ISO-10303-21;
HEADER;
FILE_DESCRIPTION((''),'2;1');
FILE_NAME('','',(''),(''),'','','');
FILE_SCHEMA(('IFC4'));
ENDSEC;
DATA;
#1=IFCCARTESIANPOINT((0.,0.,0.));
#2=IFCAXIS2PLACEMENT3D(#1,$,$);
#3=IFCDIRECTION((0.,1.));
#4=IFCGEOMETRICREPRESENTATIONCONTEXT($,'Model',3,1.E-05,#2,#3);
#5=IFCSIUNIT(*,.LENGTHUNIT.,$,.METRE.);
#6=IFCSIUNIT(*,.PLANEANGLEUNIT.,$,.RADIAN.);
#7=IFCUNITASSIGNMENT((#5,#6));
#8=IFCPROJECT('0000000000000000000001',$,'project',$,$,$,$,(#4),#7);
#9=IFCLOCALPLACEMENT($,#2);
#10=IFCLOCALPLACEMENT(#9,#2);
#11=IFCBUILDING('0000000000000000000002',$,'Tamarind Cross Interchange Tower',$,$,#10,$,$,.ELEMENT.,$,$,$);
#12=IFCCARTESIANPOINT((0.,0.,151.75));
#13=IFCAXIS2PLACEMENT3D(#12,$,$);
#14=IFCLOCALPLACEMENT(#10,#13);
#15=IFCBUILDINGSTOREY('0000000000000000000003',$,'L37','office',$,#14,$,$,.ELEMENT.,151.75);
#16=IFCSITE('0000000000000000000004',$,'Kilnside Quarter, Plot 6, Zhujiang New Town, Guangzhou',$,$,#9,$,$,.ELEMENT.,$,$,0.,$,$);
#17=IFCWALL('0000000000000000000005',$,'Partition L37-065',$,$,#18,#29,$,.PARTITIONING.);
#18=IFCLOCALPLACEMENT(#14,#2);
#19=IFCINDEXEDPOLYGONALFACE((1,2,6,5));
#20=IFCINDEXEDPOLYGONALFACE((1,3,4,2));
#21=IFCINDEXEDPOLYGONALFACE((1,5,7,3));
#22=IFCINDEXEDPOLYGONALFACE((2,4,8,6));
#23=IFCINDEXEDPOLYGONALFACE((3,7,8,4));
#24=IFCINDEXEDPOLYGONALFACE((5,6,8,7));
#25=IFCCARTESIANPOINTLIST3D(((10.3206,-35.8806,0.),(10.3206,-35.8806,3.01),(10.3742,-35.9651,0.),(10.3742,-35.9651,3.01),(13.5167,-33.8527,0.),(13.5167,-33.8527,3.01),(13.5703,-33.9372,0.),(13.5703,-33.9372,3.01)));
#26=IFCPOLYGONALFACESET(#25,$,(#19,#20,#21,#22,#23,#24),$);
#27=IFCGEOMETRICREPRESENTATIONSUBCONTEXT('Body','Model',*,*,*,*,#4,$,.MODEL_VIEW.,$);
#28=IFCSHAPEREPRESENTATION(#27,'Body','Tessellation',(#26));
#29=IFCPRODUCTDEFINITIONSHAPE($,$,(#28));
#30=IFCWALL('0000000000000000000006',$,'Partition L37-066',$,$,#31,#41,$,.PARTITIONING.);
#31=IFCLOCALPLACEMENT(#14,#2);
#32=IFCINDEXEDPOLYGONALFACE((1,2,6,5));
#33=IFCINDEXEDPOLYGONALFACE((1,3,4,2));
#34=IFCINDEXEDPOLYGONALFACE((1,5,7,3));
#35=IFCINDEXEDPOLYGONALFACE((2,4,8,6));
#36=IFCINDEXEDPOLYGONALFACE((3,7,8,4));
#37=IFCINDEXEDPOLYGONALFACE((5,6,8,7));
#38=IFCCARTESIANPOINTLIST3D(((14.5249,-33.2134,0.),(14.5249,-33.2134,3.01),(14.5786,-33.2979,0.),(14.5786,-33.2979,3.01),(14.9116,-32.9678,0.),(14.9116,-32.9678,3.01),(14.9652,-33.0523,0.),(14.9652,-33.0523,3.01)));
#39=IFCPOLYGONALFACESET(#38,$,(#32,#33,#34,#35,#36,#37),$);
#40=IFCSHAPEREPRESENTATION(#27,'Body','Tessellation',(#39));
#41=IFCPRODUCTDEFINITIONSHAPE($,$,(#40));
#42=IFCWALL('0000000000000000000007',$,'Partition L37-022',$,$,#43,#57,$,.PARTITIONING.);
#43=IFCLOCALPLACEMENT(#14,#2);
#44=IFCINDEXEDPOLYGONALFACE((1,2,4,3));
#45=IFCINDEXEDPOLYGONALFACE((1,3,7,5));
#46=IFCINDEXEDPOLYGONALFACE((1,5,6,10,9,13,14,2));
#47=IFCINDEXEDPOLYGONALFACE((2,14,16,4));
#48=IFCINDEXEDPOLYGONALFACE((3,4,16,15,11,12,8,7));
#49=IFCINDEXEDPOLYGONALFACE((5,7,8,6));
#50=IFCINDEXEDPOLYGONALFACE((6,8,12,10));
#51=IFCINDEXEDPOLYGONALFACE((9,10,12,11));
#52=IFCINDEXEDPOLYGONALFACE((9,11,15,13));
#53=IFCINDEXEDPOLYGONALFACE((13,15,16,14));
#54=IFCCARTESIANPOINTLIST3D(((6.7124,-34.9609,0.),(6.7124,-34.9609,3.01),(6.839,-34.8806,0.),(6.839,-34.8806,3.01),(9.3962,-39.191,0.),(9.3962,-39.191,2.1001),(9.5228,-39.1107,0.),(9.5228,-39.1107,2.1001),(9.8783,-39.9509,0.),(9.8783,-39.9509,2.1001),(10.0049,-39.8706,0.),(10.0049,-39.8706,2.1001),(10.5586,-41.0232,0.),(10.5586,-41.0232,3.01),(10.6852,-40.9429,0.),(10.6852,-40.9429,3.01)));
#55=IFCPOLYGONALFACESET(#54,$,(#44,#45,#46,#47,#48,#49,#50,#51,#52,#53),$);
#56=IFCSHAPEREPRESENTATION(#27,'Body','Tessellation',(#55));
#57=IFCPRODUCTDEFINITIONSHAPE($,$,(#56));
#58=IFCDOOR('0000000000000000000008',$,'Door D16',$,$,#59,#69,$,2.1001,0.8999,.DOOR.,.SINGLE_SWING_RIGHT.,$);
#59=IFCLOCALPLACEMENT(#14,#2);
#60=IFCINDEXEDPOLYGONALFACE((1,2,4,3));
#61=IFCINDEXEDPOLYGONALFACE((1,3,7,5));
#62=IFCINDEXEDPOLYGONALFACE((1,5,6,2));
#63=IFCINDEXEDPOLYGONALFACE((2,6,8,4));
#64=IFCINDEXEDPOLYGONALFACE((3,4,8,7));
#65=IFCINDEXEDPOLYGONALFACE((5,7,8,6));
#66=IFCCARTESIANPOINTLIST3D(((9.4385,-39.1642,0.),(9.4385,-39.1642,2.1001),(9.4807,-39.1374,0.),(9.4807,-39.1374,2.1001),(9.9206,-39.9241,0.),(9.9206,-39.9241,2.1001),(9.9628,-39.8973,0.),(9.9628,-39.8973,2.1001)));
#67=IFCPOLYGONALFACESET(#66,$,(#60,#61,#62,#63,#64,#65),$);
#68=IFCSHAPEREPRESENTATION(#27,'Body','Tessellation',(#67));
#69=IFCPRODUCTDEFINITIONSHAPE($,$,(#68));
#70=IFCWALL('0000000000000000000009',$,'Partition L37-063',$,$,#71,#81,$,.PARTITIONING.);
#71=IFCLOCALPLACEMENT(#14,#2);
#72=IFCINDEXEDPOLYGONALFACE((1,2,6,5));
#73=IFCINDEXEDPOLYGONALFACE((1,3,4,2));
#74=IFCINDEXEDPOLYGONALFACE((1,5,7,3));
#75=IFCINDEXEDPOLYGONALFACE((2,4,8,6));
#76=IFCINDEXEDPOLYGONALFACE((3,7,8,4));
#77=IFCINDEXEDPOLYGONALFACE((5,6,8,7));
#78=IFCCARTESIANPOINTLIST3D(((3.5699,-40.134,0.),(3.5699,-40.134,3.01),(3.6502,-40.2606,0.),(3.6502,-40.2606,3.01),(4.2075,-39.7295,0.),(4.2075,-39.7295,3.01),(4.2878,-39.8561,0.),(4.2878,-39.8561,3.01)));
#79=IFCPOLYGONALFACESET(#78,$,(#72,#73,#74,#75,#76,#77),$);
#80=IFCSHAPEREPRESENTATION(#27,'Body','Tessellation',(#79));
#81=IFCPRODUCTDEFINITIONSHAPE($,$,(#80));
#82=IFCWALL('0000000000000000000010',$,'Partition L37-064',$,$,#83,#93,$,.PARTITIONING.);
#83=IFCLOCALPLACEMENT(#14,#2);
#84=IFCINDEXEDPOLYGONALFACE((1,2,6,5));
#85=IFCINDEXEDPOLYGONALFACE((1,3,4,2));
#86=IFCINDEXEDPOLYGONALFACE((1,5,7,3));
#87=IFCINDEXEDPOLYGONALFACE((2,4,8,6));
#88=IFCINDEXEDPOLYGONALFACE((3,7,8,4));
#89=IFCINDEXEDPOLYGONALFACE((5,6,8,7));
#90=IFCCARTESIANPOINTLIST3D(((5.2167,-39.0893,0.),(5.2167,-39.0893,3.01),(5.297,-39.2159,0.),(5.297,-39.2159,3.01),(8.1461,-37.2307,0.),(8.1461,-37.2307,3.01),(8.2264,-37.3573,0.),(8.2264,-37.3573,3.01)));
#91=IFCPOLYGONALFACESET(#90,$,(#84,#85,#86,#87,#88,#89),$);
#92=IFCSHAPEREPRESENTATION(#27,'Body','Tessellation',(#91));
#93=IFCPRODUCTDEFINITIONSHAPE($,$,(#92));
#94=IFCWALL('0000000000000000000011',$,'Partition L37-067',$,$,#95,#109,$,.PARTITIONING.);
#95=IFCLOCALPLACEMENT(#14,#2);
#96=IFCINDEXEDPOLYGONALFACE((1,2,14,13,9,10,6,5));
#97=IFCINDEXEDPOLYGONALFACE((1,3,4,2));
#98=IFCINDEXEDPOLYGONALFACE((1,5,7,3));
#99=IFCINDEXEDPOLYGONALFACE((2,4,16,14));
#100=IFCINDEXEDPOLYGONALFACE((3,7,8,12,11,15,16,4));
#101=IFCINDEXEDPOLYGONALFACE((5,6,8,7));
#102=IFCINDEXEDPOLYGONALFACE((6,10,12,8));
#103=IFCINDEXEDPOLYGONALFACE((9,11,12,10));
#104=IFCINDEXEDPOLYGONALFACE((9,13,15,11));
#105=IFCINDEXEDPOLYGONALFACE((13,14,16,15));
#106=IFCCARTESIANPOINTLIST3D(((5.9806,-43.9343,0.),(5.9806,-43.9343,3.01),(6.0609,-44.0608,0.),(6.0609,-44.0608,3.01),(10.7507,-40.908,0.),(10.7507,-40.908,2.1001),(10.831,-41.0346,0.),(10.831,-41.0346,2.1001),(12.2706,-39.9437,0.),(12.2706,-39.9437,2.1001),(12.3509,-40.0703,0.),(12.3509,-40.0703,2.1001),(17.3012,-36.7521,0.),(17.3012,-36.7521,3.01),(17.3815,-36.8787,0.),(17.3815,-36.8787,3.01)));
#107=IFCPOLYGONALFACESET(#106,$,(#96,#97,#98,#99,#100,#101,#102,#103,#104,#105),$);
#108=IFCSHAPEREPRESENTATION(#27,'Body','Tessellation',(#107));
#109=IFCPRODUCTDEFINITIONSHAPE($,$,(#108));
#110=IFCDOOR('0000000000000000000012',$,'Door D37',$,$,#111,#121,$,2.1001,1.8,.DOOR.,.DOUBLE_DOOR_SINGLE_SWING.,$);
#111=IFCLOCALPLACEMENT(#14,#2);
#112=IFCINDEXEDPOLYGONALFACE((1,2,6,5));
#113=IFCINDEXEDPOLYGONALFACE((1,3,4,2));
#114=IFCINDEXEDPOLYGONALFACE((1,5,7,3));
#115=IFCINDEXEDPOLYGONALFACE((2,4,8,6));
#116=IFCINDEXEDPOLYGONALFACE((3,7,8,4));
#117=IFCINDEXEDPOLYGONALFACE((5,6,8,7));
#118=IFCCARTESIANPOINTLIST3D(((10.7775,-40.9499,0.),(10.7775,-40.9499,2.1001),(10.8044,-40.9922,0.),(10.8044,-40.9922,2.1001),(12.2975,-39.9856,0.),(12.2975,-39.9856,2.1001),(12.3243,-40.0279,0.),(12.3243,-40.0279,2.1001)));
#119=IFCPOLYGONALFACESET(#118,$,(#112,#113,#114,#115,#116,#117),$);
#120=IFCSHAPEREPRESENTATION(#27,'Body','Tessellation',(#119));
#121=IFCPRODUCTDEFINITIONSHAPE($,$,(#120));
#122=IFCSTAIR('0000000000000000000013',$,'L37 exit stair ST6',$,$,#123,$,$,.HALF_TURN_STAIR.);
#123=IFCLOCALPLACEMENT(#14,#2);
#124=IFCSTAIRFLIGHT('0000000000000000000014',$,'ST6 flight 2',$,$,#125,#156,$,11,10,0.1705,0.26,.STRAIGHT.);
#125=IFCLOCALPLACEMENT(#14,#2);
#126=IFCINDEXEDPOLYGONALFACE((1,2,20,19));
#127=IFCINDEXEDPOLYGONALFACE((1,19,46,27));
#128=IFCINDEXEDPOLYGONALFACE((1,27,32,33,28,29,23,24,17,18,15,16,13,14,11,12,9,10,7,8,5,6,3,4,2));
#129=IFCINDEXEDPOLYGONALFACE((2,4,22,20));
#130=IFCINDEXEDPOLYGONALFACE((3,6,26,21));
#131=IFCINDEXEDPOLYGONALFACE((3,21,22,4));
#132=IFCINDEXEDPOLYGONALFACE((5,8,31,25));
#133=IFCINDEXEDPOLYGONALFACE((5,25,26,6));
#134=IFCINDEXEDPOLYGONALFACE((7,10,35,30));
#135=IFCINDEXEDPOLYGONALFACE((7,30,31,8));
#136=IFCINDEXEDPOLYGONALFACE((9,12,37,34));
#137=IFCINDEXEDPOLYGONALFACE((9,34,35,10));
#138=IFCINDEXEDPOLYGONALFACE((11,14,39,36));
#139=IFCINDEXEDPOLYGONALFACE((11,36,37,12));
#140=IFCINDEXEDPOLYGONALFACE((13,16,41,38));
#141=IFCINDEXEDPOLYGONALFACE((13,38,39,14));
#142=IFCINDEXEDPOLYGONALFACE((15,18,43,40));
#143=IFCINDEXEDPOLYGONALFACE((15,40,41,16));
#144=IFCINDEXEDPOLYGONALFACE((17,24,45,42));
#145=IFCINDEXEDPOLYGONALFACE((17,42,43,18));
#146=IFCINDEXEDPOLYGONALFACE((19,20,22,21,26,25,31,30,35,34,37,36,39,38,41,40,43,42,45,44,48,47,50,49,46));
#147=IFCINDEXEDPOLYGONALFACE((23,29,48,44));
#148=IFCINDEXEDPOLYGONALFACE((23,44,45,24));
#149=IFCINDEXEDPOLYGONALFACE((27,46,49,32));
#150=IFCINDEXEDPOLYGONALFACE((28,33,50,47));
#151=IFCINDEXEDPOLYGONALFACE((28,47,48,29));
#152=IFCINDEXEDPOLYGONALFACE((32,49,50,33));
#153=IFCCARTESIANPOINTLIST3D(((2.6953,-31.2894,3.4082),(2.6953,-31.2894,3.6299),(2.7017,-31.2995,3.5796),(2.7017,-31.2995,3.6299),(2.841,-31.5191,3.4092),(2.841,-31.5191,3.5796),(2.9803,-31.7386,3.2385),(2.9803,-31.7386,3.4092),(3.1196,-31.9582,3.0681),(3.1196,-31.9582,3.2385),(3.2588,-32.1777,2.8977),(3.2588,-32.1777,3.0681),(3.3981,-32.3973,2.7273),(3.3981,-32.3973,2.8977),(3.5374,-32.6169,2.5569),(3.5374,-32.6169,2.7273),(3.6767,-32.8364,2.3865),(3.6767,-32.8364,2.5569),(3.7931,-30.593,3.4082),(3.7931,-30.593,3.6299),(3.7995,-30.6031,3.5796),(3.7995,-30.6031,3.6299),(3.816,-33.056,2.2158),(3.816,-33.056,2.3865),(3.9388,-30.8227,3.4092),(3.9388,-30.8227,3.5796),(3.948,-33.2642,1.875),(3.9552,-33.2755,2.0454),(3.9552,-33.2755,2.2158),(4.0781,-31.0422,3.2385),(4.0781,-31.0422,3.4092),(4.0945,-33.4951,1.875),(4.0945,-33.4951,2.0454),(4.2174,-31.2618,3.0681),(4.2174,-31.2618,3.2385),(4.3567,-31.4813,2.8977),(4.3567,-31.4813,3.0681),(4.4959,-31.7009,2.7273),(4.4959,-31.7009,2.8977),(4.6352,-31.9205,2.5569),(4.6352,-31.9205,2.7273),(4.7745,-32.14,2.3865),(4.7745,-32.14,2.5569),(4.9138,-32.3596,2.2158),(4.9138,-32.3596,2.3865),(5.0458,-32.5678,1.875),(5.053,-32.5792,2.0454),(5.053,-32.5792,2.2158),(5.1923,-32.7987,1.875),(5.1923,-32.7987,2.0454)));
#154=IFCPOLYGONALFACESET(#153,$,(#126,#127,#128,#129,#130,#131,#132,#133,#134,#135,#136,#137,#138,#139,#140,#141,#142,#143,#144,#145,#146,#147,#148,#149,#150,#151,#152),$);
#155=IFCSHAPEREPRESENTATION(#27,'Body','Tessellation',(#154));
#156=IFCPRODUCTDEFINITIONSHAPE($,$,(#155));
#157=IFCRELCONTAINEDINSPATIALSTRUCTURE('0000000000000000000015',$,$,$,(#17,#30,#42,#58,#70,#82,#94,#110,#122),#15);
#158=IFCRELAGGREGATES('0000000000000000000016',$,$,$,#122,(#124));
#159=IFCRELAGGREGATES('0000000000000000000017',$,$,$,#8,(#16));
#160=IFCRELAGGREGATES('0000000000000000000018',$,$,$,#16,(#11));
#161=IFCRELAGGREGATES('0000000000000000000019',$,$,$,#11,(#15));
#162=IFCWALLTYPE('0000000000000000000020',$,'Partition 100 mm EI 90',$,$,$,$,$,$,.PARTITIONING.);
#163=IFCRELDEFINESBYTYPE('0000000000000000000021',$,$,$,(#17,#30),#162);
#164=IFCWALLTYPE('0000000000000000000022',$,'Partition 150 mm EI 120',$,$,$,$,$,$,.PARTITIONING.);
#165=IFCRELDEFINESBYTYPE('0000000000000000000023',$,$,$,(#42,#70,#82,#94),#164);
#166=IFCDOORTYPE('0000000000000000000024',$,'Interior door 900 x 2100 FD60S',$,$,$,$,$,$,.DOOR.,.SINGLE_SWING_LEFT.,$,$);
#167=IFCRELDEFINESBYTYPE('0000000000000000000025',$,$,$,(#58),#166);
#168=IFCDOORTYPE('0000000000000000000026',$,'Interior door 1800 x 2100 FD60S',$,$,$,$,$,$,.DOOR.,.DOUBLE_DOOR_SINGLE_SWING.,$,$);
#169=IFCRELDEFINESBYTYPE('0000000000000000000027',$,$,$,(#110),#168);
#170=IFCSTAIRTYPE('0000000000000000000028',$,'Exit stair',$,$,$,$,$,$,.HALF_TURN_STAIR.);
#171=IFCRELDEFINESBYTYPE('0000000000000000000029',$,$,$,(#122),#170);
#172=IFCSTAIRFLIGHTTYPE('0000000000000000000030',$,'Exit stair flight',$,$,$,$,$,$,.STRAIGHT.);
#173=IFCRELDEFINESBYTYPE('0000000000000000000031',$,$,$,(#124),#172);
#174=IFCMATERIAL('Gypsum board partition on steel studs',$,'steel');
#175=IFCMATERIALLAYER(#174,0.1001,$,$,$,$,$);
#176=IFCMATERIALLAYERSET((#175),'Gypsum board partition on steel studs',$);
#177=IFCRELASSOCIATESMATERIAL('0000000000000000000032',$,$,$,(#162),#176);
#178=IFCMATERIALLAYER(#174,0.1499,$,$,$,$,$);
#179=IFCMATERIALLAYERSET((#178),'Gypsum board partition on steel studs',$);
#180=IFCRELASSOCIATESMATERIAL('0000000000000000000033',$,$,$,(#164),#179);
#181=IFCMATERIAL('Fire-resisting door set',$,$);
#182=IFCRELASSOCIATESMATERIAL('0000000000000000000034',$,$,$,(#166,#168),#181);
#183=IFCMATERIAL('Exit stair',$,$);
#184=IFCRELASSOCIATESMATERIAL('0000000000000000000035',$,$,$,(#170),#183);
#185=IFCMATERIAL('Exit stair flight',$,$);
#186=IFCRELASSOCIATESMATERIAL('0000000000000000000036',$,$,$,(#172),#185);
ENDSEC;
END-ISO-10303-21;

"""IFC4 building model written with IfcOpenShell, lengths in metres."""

from ifc_helpers import new_model, si_unit, direction, frame, frame_2d, origin, place, context, subcontext, project, spatial, polyline, rectangle, outline, extrude, material, layer, layer_set, type_object, element, fill, aggregate, save


model = new_model("IFC4")

# Units and contexts
model_context = context("Model", 3, precision=1e-05, world=origin(), true_north=direction((0.0, 1.0)))
body_context = subcontext(model_context, "Body", "Model", "MODEL_VIEW")
ifc_project = project(units=[si_unit("LENGTHUNIT", "METRE"), si_unit("PLANEANGLEUNIT", "RADIAN")], contexts=[model_context])

# Site, building, storey
site_placement = place(None, origin())
site = spatial("IfcSite", under=ifc_project, at=site_placement, Name="Kilnside Quarter, Plot 6, Zhujiang New Town, Guangzhou", CompositionType="ELEMENT", RefElevation=0.0)
building_placement = place(site_placement, origin())
building = spatial("IfcBuilding", under=site, at=building_placement, Name="Tamarind Cross Interchange Tower", CompositionType="ELEMENT")
storey_placement = place(building_placement, frame((0.0, 0.0, 151.75)))
storey = spatial("IfcBuildingStorey", under=building, at=storey_placement, Name="L37", Description="office", CompositionType="ELEMENT", Elevation=151.75)

# Walls
ifc_material_1 = material(Name="Gypsum board partition on steel studs", Category="steel")
ifc_layer_1 = layer(ifc_material_1, 0.1001)
ifc_layer_set_1 = layer_set([ifc_layer_1], Name="Gypsum board partition on steel studs")
wall_type_1 = type_object("IfcWallType", Name="Partition 100 mm EI 90", PredefinedType="PARTITIONING", material=ifc_layer_set_1)
wall_1_placement = place(storey_placement, frame((10.3474, -35.9229, 0.0), z_axis=(0.0, 0.0, 1.0), x_axis=(0.84438, 0.535744, 0.0)))
element("IfcWall", 1, at=wall_1_placement, inside=storey, type_object=wall_type_1, Name="Partition L37-065", PredefinedType="PARTITIONING", context=body_context, shape_type="SweptSolid", body=[
    extrude(rectangle(XDim=3.7852, YDim=0.1001, at=frame_2d((1.8926, 0.0))), origin(), (0.0, 0.0, 1.0), 3.01),
])
wall_2_placement = place(storey_placement, frame((14.5518, -33.2556, 0.0), z_axis=(0.0, 0.0, 1.0), x_axis=(0.844144, 0.536117, 0.0)))
element("IfcWall", 2, at=wall_2_placement, inside=storey, type_object=wall_type_1, Name="Partition L37-066", PredefinedType="PARTITIONING", context=body_context, shape_type="SweptSolid", body=[
    extrude(rectangle(XDim=0.458, YDim=0.1001, at=frame_2d((0.229, 0.0))), origin(), (0.0, 0.0, 1.0), 3.01),
])

# Wall, opening, door
ifc_layer_2 = layer(ifc_material_1, 0.1499)
ifc_layer_set_2 = layer_set([ifc_layer_2], Name="Gypsum board partition on steel studs")
wall_type_2 = type_object("IfcWallType", Name="Partition 150 mm EI 120", PredefinedType="PARTITIONING", material=ifc_layer_set_2)
wall_3_placement = place(storey_placement, frame((6.7756, -34.9207, 0.0), z_axis=(0.0, 0.0, 1.0), x_axis=(0.535724, -0.844393, 0.0)))
wall_3 = element("IfcWall", 3, at=wall_3_placement, inside=storey, type_object=wall_type_2, Name="Partition L37-022", PredefinedType="PARTITIONING", context=body_context, shape_type="SweptSolid", body=[
    extrude(rectangle(XDim=7.1794, YDim=0.1499, at=frame_2d((3.5898, 0.0))), origin(), (0.0, 0.0, 1.0), 3.01),
])
opening_1_placement = place(wall_3_placement, frame((5.0098, 0.0, 0.0)))
opening_1 = element("IfcOpeningElement", 4, at=opening_1_placement, cuts=wall_3, PredefinedType="OPENING", context=body_context, shape_type="SweptSolid", body=[
    extrude(rectangle(XDim=0.8999, YDim=2.1001, at=frame_2d((0.45, 1.05))), frame((0.0, 0.085, 0.0), z_axis=(0.0, -1.0, 0.0), x_axis=(1.0, 0.0, 0.0)), (0.0, 0.0, 1.0), 0.1699),
])
ifc_material_2 = material(Name="Fire-resisting door set")
door_type_1 = type_object("IfcDoorType", Name="Interior door 900 x 2100 FD60S", OperationType="SINGLE_SWING_LEFT", PredefinedType="DOOR", material=ifc_material_2)
door_1_placement = place(opening_1_placement, frame((0.8999, 0.0, 0.0), z_axis=(0.0, 0.0, 1.0), x_axis=(-1.0, 0.0, 0.0)))
door_1 = element("IfcDoor", 5, at=door_1_placement, inside=storey, type_object=door_type_1, Name="Door D16", OperationType="SINGLE_SWING_RIGHT", OverallHeight=2.1001, OverallWidth=0.8999, PredefinedType="DOOR", context=body_context, shape_type="SweptSolid", body=[
    extrude(rectangle(XDim=0.8999, YDim=2.1001, at=frame_2d((0.45, 1.05))), frame((0.0, 0.0249, 0.0), z_axis=(0.0, -1.0, 0.0), x_axis=(1.0, 0.0, 0.0)), (0.0, 0.0, 1.0), 0.05),
])
fill(opening_1, door_1)

# Walls
wall_4_placement = place(storey_placement, frame((3.6101, -40.1973, 0.0), z_axis=(0.0, 0.0, 1.0), x_axis=(0.844419, 0.535683, 0.0)))
element("IfcWall", 6, at=wall_4_placement, inside=storey, type_object=wall_type_2, Name="Partition L37-063", PredefinedType="PARTITIONING", context=body_context, shape_type="SweptSolid", body=[
    extrude(rectangle(XDim=0.7551, YDim=0.1499, at=frame_2d((0.3774, 0.0))), origin(), (0.0, 0.0, 1.0), 3.01),
])
wall_5_placement = place(storey_placement, frame((5.2568, -39.1526, 0.0), z_axis=(0.0, 0.0, 1.0), x_axis=(0.844385, 0.535737, 0.0)))
element("IfcWall", 7, at=wall_5_placement, inside=storey, type_object=wall_type_2, Name="Partition L37-064", PredefinedType="PARTITIONING", context=body_context, shape_type="SweptSolid", body=[
    extrude(rectangle(XDim=3.4692, YDim=0.1499, at=frame_2d((1.7346, 0.0))), origin(), (0.0, 0.0, 1.0), 3.01),
])

# Wall, opening, door
wall_6_placement = place(storey_placement, frame((6.0208, -43.9976, 0.0), z_axis=(0.0, 0.0, 1.0), x_axis=(0.844399, 0.535714, 0.0)))
wall_6 = element("IfcWall", 8, at=wall_6_placement, inside=storey, type_object=wall_type_2, Name="Partition L37-067", PredefinedType="PARTITIONING", context=body_context, shape_type="SweptSolid", body=[
    extrude(rectangle(XDim=13.4067, YDim=0.1499, at=frame_2d((6.7034, 0.0))), origin(), (0.0, 0.0, 1.0), 3.01),
])
opening_2_placement = place(wall_6_placement, frame((5.6492, 0.0, 0.0)))
opening_2 = element("IfcOpeningElement", 9, at=opening_2_placement, cuts=wall_6, PredefinedType="OPENING", context=body_context, shape_type="SweptSolid", body=[
    extrude(rectangle(XDim=1.8, YDim=2.1001, at=frame_2d((0.8999, 1.05))), frame((0.0, 0.085, 0.0), z_axis=(0.0, -1.0, 0.0), x_axis=(1.0, 0.0, 0.0)), (0.0, 0.0, 1.0), 0.1699),
])
door_type_2 = type_object("IfcDoorType", Name="Interior door 1800 x 2100 FD60S", OperationType="DOUBLE_DOOR_SINGLE_SWING", PredefinedType="DOOR", material=ifc_material_2)
door_2_placement = place(opening_2_placement, frame((1.8, 0.0, 0.0), z_axis=(0.0, 0.0, 1.0), x_axis=(-1.0, 0.0, 0.0)))
door_2 = element("IfcDoor", 10, at=door_2_placement, inside=storey, type_object=door_type_2, Name="Door D37", OperationType="DOUBLE_DOOR_SINGLE_SWING", OverallHeight=2.1001, OverallWidth=1.8, PredefinedType="DOOR", context=body_context, shape_type="SweptSolid", body=[
    extrude(rectangle(XDim=1.8, YDim=2.1001, at=frame_2d((0.8999, 1.05))), frame((0.0, 0.0249, 0.0), z_axis=(0.0, -1.0, 0.0), x_axis=(1.0, 0.0, 0.0)), (0.0, 0.0, 1.0), 0.05),
])
fill(opening_2, door_2)

# Stair, stair flight
ifc_material_3 = material(Name="Exit stair")
stair_type = type_object("IfcStairType", Name="Exit stair", PredefinedType="HALF_TURN_STAIR", material=ifc_material_3)
stair_placement = place(storey_placement, origin())
stair = element("IfcStair", 11, at=stair_placement, inside=storey, type_object=stair_type, Name="L37 exit stair ST6", PredefinedType="HALF_TURN_STAIR")
ifc_material_4 = material(Name="Exit stair flight")
stair_flight_type = type_object("IfcStairFlightType", Name="Exit stair flight", PredefinedType="STRAIGHT", material=ifc_material_4)
stair_flight_placement = place(storey_placement, frame((4.6433, -33.147, 1.875), z_axis=(0.0, 0.0, 1.0), x_axis=(-0.535662, 0.844433, 0.0)))
stair_flight = element("IfcStairFlight", 12, at=stair_flight_placement, type_object=stair_flight_type, Name="ST6 flight 2", NumberOfRisers=11, NumberOfTreads=10, PredefinedType="STRAIGHT", RiserHeight=0.1705, TreadLength=0.26, context=body_context, shape_type="SweptSolid", body=[
    extrude(outline(polyline([(0.0, 0.0), (0.0, 0.1704), (0.26, 0.1704), (0.26, 0.3408), (0.52, 0.3408), (0.52, 0.5115), (0.78, 0.5115), (0.78, 0.6819), (1.04, 0.6819), (1.04, 0.8523), (1.3, 0.8523), (1.3, 1.0227), (1.5601, 1.0227), (1.5601, 1.1931), (1.8201, 1.1931), (1.8201, 1.3635), (2.0801, 1.3635), (2.0801, 1.5342), (2.3401, 1.5342), (2.3401, 1.7046), (2.6001, 1.7046), (2.6001, 1.7549), (2.6121, 1.7549), (2.6121, 1.5332), (0.2734, 0.0), (0.0, 0.0)])), frame((0.0, 0.6499, 0.0), z_axis=(0.0, -1.0, 0.0), x_axis=(1.0, 0.0, 0.0)), (0.0, 0.0, 1.0), 1.3),
])
aggregate(stair, [stair_flight])

save(model, "model.ifc")
